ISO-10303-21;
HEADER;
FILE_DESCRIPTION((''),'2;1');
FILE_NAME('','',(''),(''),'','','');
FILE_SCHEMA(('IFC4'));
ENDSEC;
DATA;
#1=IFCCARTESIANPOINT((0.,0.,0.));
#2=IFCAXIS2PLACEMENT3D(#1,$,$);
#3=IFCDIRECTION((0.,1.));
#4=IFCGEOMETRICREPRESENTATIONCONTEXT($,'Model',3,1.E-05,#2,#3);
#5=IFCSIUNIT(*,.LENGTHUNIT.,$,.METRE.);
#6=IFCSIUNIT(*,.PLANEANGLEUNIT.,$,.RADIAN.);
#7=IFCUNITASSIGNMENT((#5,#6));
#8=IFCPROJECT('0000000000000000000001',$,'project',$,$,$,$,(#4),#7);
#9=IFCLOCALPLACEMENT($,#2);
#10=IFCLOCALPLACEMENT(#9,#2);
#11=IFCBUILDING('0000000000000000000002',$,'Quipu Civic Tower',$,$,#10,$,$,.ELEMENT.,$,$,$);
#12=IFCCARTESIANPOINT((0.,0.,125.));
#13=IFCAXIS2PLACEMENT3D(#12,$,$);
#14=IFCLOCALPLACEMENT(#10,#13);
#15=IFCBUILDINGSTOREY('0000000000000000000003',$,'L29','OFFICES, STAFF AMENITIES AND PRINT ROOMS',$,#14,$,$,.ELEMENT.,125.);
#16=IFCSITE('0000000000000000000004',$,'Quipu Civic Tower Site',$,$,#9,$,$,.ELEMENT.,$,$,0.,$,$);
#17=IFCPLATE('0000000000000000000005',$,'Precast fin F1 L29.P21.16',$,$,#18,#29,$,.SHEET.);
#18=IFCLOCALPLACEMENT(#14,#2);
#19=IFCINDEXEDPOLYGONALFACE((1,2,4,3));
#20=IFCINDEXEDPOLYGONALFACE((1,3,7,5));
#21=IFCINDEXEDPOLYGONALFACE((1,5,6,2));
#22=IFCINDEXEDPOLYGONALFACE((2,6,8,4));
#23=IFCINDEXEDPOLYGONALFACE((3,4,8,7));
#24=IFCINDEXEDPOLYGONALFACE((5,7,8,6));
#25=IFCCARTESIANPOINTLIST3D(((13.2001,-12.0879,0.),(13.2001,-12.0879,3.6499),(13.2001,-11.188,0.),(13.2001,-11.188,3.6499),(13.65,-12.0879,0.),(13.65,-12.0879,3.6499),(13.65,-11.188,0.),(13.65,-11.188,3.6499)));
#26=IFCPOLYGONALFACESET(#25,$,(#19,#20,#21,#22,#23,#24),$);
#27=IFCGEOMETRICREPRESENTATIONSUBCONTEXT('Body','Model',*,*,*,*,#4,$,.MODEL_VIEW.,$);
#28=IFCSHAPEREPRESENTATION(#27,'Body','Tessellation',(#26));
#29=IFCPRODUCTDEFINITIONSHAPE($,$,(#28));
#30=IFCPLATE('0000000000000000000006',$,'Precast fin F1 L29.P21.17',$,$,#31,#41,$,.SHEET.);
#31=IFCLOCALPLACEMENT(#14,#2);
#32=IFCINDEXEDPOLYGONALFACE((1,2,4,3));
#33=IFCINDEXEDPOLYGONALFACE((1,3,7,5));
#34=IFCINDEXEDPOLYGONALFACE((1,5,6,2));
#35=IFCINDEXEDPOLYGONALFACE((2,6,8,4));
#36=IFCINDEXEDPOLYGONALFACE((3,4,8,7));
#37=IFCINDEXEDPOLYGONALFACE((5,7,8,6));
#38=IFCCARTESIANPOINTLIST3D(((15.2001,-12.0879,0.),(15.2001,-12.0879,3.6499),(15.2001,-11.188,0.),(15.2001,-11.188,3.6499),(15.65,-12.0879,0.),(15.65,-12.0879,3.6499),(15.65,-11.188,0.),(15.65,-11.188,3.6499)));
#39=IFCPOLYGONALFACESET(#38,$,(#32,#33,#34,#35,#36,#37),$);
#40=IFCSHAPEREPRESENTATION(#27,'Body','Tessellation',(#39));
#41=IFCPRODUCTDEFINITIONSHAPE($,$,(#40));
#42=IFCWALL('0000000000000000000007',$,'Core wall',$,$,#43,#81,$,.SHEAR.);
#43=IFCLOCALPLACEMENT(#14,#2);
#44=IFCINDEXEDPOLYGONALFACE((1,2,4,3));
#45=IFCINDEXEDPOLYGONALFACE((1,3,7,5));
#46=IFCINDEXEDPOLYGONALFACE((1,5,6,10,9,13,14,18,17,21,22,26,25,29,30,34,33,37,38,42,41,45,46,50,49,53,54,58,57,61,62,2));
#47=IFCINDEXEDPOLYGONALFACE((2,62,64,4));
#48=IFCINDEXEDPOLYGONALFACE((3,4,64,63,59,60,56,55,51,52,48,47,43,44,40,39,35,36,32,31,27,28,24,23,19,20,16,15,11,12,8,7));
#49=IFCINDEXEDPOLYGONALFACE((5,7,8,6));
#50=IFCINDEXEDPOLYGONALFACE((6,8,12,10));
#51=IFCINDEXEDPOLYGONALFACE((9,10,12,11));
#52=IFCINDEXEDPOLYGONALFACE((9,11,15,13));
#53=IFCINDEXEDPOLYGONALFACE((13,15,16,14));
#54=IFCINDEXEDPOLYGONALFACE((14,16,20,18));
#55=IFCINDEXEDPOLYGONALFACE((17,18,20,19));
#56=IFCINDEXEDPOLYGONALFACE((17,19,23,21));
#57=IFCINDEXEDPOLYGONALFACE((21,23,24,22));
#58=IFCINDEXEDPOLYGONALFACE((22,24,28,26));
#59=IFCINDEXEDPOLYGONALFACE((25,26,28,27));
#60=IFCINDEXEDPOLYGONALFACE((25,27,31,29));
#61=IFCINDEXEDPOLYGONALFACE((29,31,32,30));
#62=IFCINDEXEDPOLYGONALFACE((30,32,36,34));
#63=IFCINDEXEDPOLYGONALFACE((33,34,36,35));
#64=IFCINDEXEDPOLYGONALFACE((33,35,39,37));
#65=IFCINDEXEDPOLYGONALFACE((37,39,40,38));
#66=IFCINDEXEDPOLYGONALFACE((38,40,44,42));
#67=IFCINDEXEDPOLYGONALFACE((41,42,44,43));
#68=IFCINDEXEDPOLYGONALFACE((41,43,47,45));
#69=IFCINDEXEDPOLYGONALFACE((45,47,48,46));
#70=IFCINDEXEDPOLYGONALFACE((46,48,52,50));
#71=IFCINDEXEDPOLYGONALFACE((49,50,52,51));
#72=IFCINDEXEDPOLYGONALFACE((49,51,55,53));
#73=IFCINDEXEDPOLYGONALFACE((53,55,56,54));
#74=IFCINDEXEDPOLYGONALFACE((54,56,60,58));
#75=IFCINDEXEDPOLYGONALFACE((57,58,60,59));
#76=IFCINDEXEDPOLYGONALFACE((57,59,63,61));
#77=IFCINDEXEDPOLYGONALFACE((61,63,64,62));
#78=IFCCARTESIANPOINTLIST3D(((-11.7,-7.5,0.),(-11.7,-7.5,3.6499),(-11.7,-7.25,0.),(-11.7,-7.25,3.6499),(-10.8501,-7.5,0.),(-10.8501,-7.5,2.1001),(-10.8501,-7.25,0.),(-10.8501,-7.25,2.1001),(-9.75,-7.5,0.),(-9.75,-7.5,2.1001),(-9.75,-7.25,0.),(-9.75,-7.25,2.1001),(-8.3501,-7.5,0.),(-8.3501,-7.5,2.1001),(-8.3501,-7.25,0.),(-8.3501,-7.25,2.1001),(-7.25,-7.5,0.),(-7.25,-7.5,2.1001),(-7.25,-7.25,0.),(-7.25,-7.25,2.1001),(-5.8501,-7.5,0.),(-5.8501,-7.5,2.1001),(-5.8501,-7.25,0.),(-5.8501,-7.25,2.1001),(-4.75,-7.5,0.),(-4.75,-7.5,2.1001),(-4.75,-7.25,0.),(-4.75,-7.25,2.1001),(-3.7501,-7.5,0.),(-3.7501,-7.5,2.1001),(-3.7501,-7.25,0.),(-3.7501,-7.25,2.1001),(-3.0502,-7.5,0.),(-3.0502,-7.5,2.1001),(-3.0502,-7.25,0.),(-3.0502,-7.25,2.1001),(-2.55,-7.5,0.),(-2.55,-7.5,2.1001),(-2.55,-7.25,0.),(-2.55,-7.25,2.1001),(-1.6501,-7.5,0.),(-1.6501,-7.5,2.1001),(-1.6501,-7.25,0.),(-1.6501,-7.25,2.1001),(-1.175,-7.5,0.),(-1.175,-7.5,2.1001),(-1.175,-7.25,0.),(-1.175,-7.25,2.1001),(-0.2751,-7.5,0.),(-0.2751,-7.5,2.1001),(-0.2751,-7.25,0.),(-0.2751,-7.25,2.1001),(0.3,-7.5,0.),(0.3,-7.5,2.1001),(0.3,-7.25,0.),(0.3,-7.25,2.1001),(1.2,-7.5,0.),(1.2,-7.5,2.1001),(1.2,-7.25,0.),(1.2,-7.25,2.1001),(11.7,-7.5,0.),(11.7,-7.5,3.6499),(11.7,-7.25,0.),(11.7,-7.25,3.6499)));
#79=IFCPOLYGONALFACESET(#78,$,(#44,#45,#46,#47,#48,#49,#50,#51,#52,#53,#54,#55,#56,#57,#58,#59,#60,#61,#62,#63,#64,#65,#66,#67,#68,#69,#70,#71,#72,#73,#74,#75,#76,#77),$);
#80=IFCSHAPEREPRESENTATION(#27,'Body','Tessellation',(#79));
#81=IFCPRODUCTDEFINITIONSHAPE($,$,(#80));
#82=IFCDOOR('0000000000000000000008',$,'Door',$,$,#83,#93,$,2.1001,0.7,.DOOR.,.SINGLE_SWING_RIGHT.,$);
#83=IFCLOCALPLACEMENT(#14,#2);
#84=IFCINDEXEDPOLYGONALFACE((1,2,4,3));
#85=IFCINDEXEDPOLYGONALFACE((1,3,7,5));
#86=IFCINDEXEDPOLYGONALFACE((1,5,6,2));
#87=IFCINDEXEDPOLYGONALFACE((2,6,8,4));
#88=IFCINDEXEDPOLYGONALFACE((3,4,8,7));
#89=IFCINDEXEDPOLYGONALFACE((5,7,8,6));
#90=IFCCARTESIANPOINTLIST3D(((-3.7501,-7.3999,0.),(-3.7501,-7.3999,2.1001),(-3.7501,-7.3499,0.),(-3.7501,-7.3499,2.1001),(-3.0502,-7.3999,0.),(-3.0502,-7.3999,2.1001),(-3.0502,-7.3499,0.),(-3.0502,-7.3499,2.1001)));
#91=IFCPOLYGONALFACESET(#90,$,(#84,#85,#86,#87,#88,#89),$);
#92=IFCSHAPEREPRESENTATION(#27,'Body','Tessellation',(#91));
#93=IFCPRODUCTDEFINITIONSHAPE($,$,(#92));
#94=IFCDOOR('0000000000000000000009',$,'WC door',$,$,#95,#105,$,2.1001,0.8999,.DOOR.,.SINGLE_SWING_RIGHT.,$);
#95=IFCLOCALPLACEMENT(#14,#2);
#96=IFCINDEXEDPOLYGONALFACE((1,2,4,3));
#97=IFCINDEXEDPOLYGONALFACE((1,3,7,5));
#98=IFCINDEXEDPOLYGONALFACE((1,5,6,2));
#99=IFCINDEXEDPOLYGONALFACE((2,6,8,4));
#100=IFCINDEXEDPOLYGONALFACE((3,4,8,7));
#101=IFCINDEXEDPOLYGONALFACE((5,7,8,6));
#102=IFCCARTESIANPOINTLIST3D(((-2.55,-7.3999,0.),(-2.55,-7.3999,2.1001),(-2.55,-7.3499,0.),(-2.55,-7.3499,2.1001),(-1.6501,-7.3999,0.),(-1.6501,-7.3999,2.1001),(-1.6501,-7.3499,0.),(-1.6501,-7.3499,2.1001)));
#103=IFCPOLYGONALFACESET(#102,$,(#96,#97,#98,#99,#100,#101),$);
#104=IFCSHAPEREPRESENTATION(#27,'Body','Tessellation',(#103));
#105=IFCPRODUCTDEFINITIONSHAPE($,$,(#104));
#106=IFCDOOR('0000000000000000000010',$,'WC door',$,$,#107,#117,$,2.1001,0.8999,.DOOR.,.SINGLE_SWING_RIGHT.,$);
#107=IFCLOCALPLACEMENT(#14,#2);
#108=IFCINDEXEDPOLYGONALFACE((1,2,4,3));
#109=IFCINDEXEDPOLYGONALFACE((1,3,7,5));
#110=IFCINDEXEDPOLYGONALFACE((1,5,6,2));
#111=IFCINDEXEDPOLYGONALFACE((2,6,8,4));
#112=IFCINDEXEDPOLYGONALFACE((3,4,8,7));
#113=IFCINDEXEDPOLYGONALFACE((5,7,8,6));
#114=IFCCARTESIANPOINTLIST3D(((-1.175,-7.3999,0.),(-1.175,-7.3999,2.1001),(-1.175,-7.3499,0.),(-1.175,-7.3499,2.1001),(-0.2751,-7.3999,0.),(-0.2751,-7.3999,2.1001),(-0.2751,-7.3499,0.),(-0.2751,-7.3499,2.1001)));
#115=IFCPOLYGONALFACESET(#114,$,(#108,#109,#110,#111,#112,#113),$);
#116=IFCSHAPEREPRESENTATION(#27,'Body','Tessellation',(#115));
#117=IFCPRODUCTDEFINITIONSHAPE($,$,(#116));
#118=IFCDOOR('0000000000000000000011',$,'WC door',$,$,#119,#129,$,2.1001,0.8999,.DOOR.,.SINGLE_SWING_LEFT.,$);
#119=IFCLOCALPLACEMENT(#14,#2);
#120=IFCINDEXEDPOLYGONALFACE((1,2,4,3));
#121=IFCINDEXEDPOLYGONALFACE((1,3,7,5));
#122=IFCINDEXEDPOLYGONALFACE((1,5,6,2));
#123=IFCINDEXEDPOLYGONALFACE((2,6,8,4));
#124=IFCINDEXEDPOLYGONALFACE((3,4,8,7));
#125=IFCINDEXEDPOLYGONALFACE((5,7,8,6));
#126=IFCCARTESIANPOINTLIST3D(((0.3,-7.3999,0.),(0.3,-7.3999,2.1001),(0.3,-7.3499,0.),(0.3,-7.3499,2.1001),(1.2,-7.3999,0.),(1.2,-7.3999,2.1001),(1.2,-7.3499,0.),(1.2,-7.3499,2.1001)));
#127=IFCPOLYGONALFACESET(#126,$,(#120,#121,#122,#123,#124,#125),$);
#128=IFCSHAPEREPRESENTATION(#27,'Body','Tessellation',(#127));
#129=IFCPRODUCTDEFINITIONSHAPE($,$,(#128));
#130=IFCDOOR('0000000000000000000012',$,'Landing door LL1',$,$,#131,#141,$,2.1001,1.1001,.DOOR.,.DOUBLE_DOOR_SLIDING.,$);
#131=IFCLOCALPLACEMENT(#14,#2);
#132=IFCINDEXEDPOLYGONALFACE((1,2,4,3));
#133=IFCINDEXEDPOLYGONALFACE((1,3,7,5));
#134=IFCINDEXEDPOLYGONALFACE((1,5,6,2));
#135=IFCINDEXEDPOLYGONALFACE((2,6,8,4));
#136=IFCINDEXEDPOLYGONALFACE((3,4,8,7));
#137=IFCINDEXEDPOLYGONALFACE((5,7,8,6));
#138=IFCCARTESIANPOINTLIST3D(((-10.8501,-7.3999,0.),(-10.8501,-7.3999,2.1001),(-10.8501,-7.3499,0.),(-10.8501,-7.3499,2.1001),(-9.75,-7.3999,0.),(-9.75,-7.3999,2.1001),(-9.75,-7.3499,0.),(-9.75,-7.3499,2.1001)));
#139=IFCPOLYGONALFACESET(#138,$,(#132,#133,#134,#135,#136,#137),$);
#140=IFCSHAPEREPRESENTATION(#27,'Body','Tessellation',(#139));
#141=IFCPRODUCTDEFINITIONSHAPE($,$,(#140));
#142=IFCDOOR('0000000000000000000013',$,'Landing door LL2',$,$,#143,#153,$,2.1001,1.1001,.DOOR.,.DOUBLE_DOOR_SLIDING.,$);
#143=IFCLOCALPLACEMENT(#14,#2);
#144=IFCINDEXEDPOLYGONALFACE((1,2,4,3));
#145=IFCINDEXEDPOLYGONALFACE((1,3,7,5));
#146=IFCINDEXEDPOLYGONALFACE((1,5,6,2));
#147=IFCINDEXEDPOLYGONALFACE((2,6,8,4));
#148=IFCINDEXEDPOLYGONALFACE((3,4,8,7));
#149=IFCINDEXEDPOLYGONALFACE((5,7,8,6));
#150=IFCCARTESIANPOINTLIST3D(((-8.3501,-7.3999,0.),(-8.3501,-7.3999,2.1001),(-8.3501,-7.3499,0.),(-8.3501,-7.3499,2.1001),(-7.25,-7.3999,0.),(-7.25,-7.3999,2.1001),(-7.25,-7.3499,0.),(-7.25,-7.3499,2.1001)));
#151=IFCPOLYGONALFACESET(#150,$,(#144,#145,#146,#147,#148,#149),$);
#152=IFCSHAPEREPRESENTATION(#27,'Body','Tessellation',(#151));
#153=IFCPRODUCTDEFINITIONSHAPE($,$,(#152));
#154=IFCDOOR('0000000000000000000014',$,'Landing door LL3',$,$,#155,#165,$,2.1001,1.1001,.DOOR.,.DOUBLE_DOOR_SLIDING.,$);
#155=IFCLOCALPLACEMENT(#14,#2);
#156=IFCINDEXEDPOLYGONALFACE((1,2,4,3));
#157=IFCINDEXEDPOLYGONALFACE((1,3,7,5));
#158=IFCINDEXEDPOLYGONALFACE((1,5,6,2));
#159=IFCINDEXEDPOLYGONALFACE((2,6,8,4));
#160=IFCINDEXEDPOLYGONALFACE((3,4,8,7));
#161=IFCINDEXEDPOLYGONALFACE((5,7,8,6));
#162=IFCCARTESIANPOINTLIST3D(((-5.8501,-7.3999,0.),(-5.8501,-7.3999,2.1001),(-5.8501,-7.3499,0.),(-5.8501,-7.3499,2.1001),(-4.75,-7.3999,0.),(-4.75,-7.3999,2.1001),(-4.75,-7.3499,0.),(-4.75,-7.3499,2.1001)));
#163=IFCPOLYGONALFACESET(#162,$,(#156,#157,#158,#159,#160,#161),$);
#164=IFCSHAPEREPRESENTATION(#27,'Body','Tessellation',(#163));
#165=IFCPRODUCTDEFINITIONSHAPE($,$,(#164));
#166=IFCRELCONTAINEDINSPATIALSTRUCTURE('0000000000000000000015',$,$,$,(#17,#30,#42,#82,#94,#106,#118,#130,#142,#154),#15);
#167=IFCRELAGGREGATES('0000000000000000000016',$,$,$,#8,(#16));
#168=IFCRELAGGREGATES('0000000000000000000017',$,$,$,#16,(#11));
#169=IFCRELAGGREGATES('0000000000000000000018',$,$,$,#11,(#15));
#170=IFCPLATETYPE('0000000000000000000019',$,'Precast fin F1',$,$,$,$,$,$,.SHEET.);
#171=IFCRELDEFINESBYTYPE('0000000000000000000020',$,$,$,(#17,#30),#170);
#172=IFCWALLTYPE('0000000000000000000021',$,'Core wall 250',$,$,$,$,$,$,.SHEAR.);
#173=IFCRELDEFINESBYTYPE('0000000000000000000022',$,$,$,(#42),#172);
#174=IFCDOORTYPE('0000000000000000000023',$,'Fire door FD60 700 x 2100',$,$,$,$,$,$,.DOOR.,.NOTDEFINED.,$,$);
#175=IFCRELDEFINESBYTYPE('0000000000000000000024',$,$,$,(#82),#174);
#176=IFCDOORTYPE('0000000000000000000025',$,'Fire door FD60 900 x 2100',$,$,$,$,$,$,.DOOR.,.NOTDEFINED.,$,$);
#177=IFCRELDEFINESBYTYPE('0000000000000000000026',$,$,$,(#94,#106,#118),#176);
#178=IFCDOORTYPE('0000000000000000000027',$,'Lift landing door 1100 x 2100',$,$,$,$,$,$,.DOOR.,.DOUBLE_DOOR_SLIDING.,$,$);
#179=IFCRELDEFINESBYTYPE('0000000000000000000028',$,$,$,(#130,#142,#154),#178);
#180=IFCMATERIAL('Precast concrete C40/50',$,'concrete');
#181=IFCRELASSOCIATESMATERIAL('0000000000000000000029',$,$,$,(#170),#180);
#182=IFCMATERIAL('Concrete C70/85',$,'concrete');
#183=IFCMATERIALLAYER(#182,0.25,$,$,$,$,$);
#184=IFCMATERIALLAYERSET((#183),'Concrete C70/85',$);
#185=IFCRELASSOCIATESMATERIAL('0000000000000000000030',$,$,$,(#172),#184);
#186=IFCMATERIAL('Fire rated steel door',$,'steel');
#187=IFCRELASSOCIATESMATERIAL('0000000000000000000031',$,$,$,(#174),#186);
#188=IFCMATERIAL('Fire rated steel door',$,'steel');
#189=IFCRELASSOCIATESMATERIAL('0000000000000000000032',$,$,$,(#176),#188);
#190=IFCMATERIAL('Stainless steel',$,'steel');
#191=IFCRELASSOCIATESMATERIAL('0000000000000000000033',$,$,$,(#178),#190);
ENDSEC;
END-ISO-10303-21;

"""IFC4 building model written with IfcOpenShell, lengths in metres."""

from ifc_helpers import new_model, si_unit, direction, frame, frame_2d, origin, origin_2d, place, context, subcontext, project, spatial, rectangle, extrude, material, layer, layer_set, type_object, element, fill, save


model = new_model("IFC4")

# Units and contexts
model_context = context("Model", 3, precision=1e-05, world=origin(), true_north=direction((0.0, 1.0)))
body_context = subcontext(model_context, "Body", "Model", "MODEL_VIEW")
ifc_project = project(units=[si_unit("LENGTHUNIT", "METRE"), si_unit("PLANEANGLEUNIT", "RADIAN")], contexts=[model_context])

# Site, building, storey
site_placement = place(None, origin())
site = spatial("IfcSite", under=ifc_project, at=site_placement, Name="Quipu Civic Tower Site", CompositionType="ELEMENT", RefElevation=0.0)
building_placement = place(site_placement, origin())
building = spatial("IfcBuilding", under=site, at=building_placement, Name="Quipu Civic Tower", CompositionType="ELEMENT")
storey_placement = place(building_placement, frame((0.0, 0.0, 125.0)))
storey = spatial("IfcBuildingStorey", under=building, at=storey_placement, Name="L29", Description="OFFICES, STAFF AMENITIES AND PRINT ROOMS", CompositionType="ELEMENT", Elevation=125.0)

# Plates
ifc_material_1 = material(Name="Precast concrete C40/50", Category="concrete")
plate_type = type_object("IfcPlateType", Name="Precast fin F1", PredefinedType="SHEET", material=ifc_material_1)
for number, where, z_axis, x_axis, name in (
    (1, (13.425, -11.6379, 0.0), (0.0, 0.0, 1.0), (1.0, 0.0, 0.0), "Precast fin F1 L29.P21.16"),
    (2, (15.425, -11.6379, 0.0), (0.0, 0.0, 1.0), (1.0, 0.0, 0.0), "Precast fin F1 L29.P21.17"),
):
    element("IfcPlate", number, at=place(storey_placement, frame(where, z_axis=z_axis, x_axis=x_axis)), inside=storey, type_object=plate_type, Name=name, PredefinedType="SHEET", context=body_context, shape_type="SweptSolid", body=[
        extrude(rectangle(XDim=0.45, YDim=0.8999, at=origin_2d()), origin(), (0.0, 0.0, 1.0), 3.6499),
    ])

# Wall, openings, doors
ifc_material_2 = material(Name="Concrete C70/85", Category="concrete")
ifc_layer_1 = layer(ifc_material_2, 0.25)
ifc_layer_set_1 = layer_set([ifc_layer_1], Name="Concrete C70/85")
wall_type_1 = type_object("IfcWallType", Name="Core wall 250", PredefinedType="SHEAR", material=ifc_layer_set_1)
wall_1_placement = place(storey_placement, frame((11.7, -7.375, 0.0), z_axis=(0.0, 0.0, 1.0), x_axis=(-1.0, 0.0, 0.0)))
wall_1 = element("IfcWall", 3, at=wall_1_placement, inside=storey, type_object=wall_type_1, Name="Core wall", PredefinedType="SHEAR", context=body_context, shape_type="SweptSolid", body=[
    extrude(rectangle(XDim=23.3999, YDim=0.25, at=frame_2d((11.7, 0.0))), origin(), (0.0, 0.0, 1.0), 3.6499),
])
opening_1_placement = place(wall_1_placement, frame((21.45, 0.0, 0.0)))
opening_1 = element("IfcOpeningElement", 4, at=opening_1_placement, cuts=wall_1, PredefinedType="OPENING", context=body_context, shape_type="SweptSolid", body=[
    extrude(rectangle(XDim=1.1001, YDim=2.1001, at=frame_2d((0.55, 1.05))), frame((0.0, 0.135, 0.0), z_axis=(0.0, -1.0, 0.0), x_axis=(1.0, 0.0, 0.0)), (0.0, 0.0, 1.0), 0.27),
])
opening_2_placement = place(wall_1_placement, frame((18.95, 0.0, 0.0)))
opening_2 = element("IfcOpeningElement", 5, at=opening_2_placement, cuts=wall_1, PredefinedType="OPENING", context=body_context, shape_type="SweptSolid", body=[
    extrude(rectangle(XDim=1.1001, YDim=2.1001, at=frame_2d((0.55, 1.05))), frame((0.0, 0.135, 0.0), z_axis=(0.0, -1.0, 0.0), x_axis=(1.0, 0.0, 0.0)), (0.0, 0.0, 1.0), 0.27),
])
opening_3_placement = place(wall_1_placement, frame((16.45, 0.0, 0.0)))
opening_3 = element("IfcOpeningElement", 6, at=opening_3_placement, cuts=wall_1, PredefinedType="OPENING", context=body_context, shape_type="SweptSolid", body=[
    extrude(rectangle(XDim=1.1001, YDim=2.1001, at=frame_2d((0.55, 1.05))), frame((0.0, 0.135, 0.0), z_axis=(0.0, -1.0, 0.0), x_axis=(1.0, 0.0, 0.0)), (0.0, 0.0, 1.0), 0.27),
])
opening_4_placement = place(wall_1_placement, frame((14.75, 0.0, 0.0)))
opening_4 = element("IfcOpeningElement", 7, at=opening_4_placement, cuts=wall_1, PredefinedType="OPENING", context=body_context, shape_type="SweptSolid", body=[
    extrude(rectangle(XDim=0.7, YDim=2.1001, at=frame_2d((0.3501, 1.05))), frame((0.0, 0.135, 0.0), z_axis=(0.0, -1.0, 0.0), x_axis=(1.0, 0.0, 0.0)), (0.0, 0.0, 1.0), 0.27),
])
opening_5_placement = place(wall_1_placement, frame((13.3501, 0.0, 0.0)))
opening_5 = element("IfcOpeningElement", 8, at=opening_5_placement, cuts=wall_1, PredefinedType="OPENING", context=body_context, shape_type="SweptSolid", body=[
    extrude(rectangle(XDim=0.8999, YDim=2.1001, at=frame_2d((0.45, 1.05))), frame((0.0, 0.135, 0.0), z_axis=(0.0, -1.0, 0.0), x_axis=(1.0, 0.0, 0.0)), (0.0, 0.0, 1.0), 0.27),
])
opening_6_placement = place(wall_1_placement, frame((11.9751, 0.0, 0.0)))
opening_6 = element("IfcOpeningElement", 9, at=opening_6_placement, cuts=wall_1, PredefinedType="OPENING", context=body_context, shape_type="SweptSolid", body=[
    extrude(rectangle(XDim=0.8999, YDim=2.1001, at=frame_2d((0.45, 1.05))), frame((0.0, 0.135, 0.0), z_axis=(0.0, -1.0, 0.0), x_axis=(1.0, 0.0, 0.0)), (0.0, 0.0, 1.0), 0.27),
])
opening_7_placement = place(wall_1_placement, frame((10.5, 0.0, 0.0)))
opening_7 = element("IfcOpeningElement", 10, at=opening_7_placement, cuts=wall_1, PredefinedType="OPENING", context=body_context, shape_type="SweptSolid", body=[
    extrude(rectangle(XDim=0.8999, YDim=2.1001, at=frame_2d((0.45, 1.05))), frame((0.0, 0.135, 0.0), z_axis=(0.0, -1.0, 0.0), x_axis=(1.0, 0.0, 0.0)), (0.0, 0.0, 1.0), 0.27),
])
ifc_material_3 = material(Name="Fire rated steel door", Category="steel")
door_type_1 = type_object("IfcDoorType", Name="Fire door FD60 700 x 2100", OperationType="NOTDEFINED", PredefinedType="DOOR", material=ifc_material_3)
door_1_placement = place(opening_4_placement, origin())
door_1 = element("IfcDoor", 11, at=door_1_placement, inside=storey, type_object=door_type_1, Name="Door", OperationType="SINGLE_SWING_RIGHT", OverallHeight=2.1001, OverallWidth=0.7, PredefinedType="DOOR", context=body_context, shape_type="SweptSolid", body=[
    extrude(rectangle(XDim=0.7, YDim=2.1001, at=frame_2d((0.3501, 1.05))), frame((0.0, 0.0249, 0.0), z_axis=(0.0, -1.0, 0.0), x_axis=(1.0, 0.0, 0.0)), (0.0, 0.0, 1.0), 0.05),
])
fill(opening_4, door_1)
ifc_material_4 = material(Name="Fire rated steel door", Category="steel")
door_type_2 = type_object("IfcDoorType", Name="Fire door FD60 900 x 2100", OperationType="NOTDEFINED", PredefinedType="DOOR", material=ifc_material_4)
door_2_placement = place(opening_5_placement, origin())
door_2 = element("IfcDoor", 12, at=door_2_placement, inside=storey, type_object=door_type_2, Name="WC door", OperationType="SINGLE_SWING_RIGHT", OverallHeight=2.1001, OverallWidth=0.8999, PredefinedType="DOOR", context=body_context, shape_type="SweptSolid", body=[
    extrude(rectangle(XDim=0.8999, YDim=2.1001, at=frame_2d((0.45, 1.05))), frame((0.0, 0.0249, 0.0), z_axis=(0.0, -1.0, 0.0), x_axis=(1.0, 0.0, 0.0)), (0.0, 0.0, 1.0), 0.05),
])
fill(opening_5, door_2)
door_3_placement = place(opening_6_placement, origin())
door_3 = element("IfcDoor", 13, at=door_3_placement, inside=storey, type_object=door_type_2, Name="WC door", OperationType="SINGLE_SWING_RIGHT", OverallHeight=2.1001, OverallWidth=0.8999, PredefinedType="DOOR", context=body_context, shape_type="SweptSolid", body=[
    extrude(rectangle(XDim=0.8999, YDim=2.1001, at=frame_2d((0.45, 1.05))), frame((0.0, 0.0249, 0.0), z_axis=(0.0, -1.0, 0.0), x_axis=(1.0, 0.0, 0.0)), (0.0, 0.0, 1.0), 0.05),
])
fill(opening_6, door_3)
door_4_placement = place(opening_7_placement, origin())
door_4 = element("IfcDoor", 14, at=door_4_placement, inside=storey, type_object=door_type_2, Name="WC door", OperationType="SINGLE_SWING_LEFT", OverallHeight=2.1001, OverallWidth=0.8999, PredefinedType="DOOR", context=body_context, shape_type="SweptSolid", body=[
    extrude(rectangle(XDim=0.8999, YDim=2.1001, at=frame_2d((0.45, 1.05))), frame((0.0, 0.0249, 0.0), z_axis=(0.0, -1.0, 0.0), x_axis=(1.0, 0.0, 0.0)), (0.0, 0.0, 1.0), 0.05),
])
fill(opening_7, door_4)
ifc_material_5 = material(Name="Stainless steel", Category="steel")
door_type_3 = type_object("IfcDoorType", Name="Lift landing door 1100 x 2100", OperationType="DOUBLE_DOOR_SLIDING", PredefinedType="DOOR", material=ifc_material_5)
door_5_placement = place(opening_1_placement, origin())
door_5 = element("IfcDoor", 15, at=door_5_placement, inside=storey, type_object=door_type_3, Name="Landing door LL1", OperationType="DOUBLE_DOOR_SLIDING", OverallHeight=2.1001, OverallWidth=1.1001, PredefinedType="DOOR", context=body_context, shape_type="SweptSolid", body=[
    extrude(rectangle(XDim=1.1001, YDim=2.1001, at=frame_2d((0.55, 1.05))), frame((0.0, 0.0249, 0.0), z_axis=(0.0, -1.0, 0.0), x_axis=(1.0, 0.0, 0.0)), (0.0, 0.0, 1.0), 0.05),
])
fill(opening_1, door_5)
door_6_placement = place(opening_2_placement, origin())
door_6 = element("IfcDoor", 16, at=door_6_placement, inside=storey, type_object=door_type_3, Name="Landing door LL2", OperationType="DOUBLE_DOOR_SLIDING", OverallHeight=2.1001, OverallWidth=1.1001, PredefinedType="DOOR", context=body_context, shape_type="SweptSolid", body=[
    extrude(rectangle(XDim=1.1001, YDim=2.1001, at=frame_2d((0.55, 1.05))), frame((0.0, 0.0249, 0.0), z_axis=(0.0, -1.0, 0.0), x_axis=(1.0, 0.0, 0.0)), (0.0, 0.0, 1.0), 0.05),
])
fill(opening_2, door_6)
door_7_placement = place(opening_3_placement, origin())
door_7 = element("IfcDoor", 17, at=door_7_placement, inside=storey, type_object=door_type_3, Name="Landing door LL3", OperationType="DOUBLE_DOOR_SLIDING", OverallHeight=2.1001, OverallWidth=1.1001, PredefinedType="DOOR", context=body_context, shape_type="SweptSolid", body=[
    extrude(rectangle(XDim=1.1001, YDim=2.1001, at=frame_2d((0.55, 1.05))), frame((0.0, 0.0249, 0.0), z_axis=(0.0, -1.0, 0.0), x_axis=(1.0, 0.0, 0.0)), (0.0, 0.0, 1.0), 0.05),
])
fill(opening_3, door_7)

save(model, "model.ifc")
